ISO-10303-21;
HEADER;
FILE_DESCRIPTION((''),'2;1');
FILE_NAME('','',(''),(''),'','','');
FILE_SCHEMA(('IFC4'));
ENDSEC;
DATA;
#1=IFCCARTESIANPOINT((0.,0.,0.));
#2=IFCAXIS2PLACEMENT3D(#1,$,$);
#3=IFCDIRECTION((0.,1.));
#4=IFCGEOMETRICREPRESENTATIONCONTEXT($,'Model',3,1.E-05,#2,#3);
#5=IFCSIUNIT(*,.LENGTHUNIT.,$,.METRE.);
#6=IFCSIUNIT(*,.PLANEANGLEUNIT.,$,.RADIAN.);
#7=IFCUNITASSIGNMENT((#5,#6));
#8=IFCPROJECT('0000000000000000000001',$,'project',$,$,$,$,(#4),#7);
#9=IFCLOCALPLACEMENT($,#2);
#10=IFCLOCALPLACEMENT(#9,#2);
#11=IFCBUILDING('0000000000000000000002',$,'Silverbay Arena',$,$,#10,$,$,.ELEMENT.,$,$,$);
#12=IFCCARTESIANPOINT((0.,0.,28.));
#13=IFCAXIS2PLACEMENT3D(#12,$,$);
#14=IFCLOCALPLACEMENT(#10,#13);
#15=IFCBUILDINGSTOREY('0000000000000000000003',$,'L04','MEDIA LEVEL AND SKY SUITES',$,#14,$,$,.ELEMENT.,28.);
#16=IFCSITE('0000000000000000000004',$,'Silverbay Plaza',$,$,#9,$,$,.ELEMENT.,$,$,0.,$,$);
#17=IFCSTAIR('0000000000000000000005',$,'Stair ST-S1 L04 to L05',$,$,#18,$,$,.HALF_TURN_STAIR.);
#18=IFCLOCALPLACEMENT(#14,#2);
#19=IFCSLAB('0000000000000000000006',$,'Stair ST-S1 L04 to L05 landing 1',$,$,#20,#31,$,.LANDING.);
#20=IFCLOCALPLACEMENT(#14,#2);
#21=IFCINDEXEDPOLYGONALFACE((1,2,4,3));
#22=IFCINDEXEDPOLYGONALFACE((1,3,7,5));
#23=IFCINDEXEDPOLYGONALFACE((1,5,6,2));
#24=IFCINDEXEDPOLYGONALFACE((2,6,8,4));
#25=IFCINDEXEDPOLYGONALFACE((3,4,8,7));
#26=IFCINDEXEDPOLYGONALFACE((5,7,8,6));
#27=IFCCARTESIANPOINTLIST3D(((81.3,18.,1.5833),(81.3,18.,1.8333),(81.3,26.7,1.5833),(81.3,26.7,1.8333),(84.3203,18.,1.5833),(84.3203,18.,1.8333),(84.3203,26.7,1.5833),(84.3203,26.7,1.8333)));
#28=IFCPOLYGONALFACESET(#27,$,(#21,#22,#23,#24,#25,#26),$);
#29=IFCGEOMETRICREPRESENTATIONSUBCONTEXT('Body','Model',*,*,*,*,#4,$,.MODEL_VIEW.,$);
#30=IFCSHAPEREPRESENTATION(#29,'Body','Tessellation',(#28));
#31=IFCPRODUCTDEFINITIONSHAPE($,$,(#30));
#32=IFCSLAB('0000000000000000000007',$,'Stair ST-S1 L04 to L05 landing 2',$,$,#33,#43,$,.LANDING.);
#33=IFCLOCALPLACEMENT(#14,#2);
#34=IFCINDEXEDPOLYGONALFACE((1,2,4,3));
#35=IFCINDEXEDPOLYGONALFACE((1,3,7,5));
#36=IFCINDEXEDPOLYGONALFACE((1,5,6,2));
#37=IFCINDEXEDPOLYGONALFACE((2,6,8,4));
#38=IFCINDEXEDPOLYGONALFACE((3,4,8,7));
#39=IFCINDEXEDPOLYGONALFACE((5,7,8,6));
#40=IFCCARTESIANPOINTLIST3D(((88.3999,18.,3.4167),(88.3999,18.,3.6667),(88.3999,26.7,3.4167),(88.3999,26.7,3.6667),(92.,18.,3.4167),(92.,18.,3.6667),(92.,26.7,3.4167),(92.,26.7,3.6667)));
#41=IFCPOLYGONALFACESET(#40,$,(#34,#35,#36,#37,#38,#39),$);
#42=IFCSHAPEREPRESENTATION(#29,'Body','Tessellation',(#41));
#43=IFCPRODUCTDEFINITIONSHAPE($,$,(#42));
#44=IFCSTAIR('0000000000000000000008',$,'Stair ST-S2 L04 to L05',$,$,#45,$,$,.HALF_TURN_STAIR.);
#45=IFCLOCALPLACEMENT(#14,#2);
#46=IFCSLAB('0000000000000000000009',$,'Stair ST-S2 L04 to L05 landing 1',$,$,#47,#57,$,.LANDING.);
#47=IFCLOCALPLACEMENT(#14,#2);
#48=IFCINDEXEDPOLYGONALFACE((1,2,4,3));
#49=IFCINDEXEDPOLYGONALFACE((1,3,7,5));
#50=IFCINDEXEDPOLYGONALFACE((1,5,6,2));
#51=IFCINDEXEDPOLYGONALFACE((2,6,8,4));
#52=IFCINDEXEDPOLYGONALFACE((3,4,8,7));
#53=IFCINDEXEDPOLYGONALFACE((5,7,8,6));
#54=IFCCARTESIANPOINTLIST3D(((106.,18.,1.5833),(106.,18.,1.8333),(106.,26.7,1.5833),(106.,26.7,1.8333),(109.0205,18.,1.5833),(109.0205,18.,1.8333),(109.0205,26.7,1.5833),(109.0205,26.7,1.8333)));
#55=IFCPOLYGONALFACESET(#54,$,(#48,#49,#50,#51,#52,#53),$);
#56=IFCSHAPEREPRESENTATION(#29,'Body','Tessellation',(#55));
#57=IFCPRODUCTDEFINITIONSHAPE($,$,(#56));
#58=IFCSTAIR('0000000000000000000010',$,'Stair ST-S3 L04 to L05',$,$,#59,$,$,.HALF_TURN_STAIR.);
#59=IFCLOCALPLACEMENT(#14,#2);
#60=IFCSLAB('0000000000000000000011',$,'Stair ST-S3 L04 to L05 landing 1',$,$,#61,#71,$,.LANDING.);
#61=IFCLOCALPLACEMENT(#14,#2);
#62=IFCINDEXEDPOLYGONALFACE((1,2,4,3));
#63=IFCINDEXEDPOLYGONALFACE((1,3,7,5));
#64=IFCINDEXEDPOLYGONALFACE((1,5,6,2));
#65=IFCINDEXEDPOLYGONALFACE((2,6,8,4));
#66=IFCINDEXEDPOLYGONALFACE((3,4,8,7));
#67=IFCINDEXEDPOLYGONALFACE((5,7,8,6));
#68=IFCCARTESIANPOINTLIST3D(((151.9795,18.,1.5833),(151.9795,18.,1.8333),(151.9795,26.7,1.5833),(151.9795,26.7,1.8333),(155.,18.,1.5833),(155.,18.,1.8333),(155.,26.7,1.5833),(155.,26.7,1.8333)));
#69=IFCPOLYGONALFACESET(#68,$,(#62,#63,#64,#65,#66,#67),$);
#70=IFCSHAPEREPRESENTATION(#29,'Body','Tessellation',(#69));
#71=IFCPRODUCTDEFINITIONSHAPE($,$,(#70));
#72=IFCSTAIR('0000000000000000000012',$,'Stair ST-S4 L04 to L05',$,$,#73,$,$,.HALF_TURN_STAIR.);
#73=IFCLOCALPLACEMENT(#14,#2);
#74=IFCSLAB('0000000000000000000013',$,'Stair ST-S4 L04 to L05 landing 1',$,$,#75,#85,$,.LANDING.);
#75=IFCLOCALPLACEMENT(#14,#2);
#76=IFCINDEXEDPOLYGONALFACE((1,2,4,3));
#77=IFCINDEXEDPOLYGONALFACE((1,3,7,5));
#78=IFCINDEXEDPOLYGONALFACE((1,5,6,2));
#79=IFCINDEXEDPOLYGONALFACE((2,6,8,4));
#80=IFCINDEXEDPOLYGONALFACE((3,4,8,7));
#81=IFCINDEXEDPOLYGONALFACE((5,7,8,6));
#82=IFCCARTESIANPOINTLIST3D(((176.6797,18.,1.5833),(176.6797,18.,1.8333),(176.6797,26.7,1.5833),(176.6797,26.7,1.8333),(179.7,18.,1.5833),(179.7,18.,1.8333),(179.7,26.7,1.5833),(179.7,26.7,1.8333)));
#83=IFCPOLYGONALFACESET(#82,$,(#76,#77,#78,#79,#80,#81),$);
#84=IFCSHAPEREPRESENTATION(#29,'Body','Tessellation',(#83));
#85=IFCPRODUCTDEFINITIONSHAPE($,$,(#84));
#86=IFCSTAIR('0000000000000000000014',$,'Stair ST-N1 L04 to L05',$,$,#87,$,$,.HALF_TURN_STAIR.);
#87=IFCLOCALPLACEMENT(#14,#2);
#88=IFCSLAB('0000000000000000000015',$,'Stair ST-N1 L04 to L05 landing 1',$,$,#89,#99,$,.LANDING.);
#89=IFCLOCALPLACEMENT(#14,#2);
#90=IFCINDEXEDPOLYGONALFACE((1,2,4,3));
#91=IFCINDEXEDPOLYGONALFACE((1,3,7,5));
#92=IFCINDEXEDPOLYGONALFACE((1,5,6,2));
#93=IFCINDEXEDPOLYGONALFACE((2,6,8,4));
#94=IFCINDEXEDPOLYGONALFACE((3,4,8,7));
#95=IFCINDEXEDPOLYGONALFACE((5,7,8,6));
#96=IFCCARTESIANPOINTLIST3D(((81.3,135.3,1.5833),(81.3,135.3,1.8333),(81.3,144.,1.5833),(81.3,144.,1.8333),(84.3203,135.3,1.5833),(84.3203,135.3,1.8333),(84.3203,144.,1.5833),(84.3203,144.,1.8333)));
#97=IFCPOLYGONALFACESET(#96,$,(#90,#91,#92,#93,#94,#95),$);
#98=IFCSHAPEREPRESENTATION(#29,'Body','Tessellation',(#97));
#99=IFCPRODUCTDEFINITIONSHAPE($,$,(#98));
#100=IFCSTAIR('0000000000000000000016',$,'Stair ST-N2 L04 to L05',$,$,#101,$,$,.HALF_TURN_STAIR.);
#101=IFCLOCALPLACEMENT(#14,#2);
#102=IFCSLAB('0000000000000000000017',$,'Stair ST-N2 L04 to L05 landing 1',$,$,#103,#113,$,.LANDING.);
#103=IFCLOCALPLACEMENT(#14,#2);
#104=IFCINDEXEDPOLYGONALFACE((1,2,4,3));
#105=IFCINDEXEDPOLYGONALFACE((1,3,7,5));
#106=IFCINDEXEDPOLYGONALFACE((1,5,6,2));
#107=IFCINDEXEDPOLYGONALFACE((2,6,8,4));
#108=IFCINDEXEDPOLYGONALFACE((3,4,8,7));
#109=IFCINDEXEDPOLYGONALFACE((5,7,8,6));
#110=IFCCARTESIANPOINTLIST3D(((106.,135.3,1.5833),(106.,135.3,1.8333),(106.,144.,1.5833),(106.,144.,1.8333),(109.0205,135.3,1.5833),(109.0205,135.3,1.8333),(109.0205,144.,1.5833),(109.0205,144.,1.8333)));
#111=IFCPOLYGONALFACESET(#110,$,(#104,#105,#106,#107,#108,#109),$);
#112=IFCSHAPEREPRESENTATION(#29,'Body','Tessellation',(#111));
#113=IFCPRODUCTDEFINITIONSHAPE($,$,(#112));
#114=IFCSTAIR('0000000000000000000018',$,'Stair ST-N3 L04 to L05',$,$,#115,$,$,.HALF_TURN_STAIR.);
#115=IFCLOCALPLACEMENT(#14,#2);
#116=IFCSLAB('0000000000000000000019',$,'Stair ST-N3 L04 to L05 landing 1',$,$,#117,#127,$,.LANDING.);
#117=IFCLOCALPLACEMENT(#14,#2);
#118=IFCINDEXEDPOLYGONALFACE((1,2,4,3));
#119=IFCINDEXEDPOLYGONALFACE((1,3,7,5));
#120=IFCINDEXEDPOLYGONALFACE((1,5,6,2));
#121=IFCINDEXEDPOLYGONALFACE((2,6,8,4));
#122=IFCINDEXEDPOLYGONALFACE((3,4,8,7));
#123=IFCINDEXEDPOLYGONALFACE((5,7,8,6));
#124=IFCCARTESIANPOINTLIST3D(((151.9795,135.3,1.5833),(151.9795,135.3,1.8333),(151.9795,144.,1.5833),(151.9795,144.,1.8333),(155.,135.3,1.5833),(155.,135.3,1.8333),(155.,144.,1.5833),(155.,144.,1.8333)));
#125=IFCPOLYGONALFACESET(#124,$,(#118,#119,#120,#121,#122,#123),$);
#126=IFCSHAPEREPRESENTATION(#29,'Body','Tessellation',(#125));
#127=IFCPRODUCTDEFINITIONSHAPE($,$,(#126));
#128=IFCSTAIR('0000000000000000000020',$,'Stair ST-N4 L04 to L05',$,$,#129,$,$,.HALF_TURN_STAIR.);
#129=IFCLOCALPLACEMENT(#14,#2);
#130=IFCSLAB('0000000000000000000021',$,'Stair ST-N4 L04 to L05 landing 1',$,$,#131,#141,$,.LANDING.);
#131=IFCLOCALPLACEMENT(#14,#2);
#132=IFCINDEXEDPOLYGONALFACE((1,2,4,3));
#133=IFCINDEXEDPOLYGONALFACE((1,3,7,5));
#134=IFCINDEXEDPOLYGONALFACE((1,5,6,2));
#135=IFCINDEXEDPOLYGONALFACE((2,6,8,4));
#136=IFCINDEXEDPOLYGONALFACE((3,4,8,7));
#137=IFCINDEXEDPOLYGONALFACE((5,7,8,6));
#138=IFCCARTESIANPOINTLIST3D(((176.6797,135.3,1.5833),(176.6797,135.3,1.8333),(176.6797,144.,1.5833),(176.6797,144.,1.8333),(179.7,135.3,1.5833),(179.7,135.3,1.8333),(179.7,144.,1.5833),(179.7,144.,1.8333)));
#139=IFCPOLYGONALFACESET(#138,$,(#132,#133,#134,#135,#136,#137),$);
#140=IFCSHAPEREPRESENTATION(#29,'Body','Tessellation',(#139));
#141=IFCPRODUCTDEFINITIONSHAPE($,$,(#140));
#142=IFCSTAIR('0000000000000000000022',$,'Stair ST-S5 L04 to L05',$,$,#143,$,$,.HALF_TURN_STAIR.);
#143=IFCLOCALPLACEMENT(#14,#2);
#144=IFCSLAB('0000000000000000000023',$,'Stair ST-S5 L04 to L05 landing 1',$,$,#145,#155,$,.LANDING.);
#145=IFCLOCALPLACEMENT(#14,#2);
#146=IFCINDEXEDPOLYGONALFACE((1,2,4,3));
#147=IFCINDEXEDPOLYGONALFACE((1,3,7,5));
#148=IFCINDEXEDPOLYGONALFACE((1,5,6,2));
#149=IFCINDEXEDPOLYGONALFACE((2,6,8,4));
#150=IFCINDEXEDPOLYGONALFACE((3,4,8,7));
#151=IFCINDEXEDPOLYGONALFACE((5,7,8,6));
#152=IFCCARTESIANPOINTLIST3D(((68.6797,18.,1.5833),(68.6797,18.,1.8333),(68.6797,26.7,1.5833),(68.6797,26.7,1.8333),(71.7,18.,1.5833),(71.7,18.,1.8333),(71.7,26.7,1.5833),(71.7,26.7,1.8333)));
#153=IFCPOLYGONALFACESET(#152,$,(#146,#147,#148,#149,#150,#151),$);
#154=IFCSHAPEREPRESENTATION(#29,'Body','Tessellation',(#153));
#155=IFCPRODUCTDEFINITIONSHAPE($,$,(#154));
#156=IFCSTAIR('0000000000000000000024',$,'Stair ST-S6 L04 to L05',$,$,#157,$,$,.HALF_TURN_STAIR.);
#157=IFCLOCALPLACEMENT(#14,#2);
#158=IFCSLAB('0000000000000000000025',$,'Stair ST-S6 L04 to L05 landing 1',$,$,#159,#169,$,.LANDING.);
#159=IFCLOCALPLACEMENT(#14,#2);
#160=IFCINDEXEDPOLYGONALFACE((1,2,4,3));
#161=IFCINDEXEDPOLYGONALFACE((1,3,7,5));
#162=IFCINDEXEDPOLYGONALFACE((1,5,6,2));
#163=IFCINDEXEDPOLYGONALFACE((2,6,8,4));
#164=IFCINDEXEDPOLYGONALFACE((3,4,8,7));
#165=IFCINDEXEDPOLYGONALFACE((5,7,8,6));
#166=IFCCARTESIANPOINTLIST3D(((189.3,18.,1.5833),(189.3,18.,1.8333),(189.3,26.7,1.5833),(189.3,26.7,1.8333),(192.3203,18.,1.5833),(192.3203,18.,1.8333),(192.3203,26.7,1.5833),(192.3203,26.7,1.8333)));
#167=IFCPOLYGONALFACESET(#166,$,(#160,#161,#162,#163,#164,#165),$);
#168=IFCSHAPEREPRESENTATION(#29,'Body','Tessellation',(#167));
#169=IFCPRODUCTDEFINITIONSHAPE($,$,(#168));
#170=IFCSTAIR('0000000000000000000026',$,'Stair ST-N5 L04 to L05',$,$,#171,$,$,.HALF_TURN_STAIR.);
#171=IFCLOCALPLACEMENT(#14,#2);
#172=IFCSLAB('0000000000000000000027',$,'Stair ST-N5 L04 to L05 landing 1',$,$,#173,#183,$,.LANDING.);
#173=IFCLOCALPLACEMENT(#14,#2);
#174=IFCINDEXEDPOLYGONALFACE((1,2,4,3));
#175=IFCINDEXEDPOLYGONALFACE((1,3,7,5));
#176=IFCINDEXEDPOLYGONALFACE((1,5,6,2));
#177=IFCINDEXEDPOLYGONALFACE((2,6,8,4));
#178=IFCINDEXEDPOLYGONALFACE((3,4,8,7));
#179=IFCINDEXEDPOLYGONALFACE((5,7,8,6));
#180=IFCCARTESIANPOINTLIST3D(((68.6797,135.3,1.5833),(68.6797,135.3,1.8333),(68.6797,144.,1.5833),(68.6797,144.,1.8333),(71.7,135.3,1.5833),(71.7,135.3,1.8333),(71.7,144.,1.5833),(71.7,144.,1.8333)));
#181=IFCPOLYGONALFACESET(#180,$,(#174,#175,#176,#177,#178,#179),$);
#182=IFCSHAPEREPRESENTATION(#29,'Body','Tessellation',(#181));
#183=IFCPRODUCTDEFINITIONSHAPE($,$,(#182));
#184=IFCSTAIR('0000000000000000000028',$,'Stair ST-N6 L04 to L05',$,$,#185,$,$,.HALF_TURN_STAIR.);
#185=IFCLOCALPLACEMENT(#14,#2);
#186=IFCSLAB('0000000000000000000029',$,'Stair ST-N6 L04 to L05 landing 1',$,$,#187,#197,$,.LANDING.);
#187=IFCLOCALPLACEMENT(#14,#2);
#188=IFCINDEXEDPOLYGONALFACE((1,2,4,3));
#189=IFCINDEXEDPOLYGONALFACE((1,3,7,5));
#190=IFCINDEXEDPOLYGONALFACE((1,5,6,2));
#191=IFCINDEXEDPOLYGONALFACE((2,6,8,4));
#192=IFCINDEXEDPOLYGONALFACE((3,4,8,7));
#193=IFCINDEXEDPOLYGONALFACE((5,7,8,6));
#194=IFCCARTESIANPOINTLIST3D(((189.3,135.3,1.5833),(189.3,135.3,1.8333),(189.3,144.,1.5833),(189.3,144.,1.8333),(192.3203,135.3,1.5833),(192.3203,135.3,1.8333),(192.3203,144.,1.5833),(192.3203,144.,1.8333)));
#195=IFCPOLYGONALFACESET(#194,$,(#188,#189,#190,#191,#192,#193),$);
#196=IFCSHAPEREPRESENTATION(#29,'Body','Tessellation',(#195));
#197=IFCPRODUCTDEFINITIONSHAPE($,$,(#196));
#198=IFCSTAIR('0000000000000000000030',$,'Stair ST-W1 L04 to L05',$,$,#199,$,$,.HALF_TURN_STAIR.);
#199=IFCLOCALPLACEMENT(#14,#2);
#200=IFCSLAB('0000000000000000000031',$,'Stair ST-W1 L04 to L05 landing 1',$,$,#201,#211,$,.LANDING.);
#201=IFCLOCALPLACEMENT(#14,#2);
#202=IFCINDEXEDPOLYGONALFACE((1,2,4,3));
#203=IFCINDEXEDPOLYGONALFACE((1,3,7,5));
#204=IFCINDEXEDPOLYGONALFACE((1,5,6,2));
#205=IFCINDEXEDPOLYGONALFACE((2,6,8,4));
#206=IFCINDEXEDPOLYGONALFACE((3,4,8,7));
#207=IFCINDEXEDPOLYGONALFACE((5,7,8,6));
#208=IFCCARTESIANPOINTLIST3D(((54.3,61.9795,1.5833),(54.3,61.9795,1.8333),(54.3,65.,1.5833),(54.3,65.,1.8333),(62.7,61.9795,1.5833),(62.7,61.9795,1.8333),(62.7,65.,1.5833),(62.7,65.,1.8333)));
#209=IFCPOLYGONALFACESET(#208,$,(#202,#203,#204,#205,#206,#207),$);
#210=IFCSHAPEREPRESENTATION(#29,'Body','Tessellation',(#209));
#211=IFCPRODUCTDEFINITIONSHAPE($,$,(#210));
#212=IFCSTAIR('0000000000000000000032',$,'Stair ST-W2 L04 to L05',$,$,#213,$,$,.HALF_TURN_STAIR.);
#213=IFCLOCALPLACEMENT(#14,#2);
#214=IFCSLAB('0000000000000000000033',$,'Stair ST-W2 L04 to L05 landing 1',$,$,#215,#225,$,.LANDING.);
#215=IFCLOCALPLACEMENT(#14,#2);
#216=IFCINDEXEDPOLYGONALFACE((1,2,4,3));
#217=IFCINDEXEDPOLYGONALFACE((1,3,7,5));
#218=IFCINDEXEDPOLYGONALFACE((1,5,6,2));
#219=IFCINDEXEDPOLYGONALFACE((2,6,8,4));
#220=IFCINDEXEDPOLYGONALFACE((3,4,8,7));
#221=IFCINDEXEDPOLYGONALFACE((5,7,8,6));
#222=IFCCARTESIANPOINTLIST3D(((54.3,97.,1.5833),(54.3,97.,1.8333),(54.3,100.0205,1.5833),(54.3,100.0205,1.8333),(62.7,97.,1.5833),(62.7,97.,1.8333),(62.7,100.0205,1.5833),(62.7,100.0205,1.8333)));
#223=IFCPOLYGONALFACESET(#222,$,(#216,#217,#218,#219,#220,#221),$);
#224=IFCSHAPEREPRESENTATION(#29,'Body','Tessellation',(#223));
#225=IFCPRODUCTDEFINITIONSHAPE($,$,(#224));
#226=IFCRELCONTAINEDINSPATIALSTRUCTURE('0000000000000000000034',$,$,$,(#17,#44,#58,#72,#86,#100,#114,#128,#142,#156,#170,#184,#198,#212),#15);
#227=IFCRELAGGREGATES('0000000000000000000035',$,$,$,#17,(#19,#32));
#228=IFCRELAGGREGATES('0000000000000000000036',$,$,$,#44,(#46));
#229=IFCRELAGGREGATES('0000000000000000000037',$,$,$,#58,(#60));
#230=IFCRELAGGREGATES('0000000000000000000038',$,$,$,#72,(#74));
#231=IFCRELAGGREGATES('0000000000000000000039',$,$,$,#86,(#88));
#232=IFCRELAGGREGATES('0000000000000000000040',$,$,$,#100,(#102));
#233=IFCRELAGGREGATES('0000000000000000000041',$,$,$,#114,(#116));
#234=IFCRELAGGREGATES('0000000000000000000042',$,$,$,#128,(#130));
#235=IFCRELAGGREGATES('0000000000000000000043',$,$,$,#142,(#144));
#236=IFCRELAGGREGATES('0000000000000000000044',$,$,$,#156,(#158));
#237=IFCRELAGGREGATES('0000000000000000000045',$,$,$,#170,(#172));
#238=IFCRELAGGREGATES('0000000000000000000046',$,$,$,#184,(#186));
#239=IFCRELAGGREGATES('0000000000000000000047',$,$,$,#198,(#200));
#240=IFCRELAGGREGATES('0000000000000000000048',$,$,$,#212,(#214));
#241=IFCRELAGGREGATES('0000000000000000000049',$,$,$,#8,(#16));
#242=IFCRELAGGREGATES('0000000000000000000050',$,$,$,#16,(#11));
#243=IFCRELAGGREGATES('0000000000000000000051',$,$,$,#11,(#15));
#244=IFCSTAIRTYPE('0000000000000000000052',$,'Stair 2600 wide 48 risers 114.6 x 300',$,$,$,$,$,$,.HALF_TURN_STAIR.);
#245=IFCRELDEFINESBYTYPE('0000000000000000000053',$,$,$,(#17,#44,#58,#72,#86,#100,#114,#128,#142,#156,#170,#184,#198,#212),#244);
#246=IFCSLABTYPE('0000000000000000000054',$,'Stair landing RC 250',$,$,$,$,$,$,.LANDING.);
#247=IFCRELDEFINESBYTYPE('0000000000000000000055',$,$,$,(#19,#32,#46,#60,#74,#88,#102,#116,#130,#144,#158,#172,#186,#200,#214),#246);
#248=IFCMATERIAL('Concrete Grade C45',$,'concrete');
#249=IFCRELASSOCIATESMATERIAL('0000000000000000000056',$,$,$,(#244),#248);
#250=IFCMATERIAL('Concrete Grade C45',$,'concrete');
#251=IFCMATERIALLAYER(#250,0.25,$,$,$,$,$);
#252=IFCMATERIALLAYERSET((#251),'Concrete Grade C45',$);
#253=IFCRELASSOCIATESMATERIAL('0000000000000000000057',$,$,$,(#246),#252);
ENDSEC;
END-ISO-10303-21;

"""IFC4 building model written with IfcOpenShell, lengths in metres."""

from ifc_helpers import new_model, si_unit, direction, frame, origin, place, context, subcontext, project, spatial, polyline, outline, extrude, material, layer, layer_set, type_object, element, aggregate, save


model = new_model("IFC4")

# Units and contexts
model_context = context("Model", 3, precision=1e-05, world=origin(), true_north=direction((0.0, 1.0)))
body_context = subcontext(model_context, "Body", "Model", "MODEL_VIEW")
ifc_project = project(units=[si_unit("LENGTHUNIT", "METRE"), si_unit("PLANEANGLEUNIT", "RADIAN")], contexts=[model_context])

# Site, building, storey
site_placement = place(None, origin())
site = spatial("IfcSite", under=ifc_project, at=site_placement, Name="Silverbay Plaza", CompositionType="ELEMENT", RefElevation=0.0)
building_placement = place(site_placement, origin())
building = spatial("IfcBuilding", under=site, at=building_placement, Name="Silverbay Arena", CompositionType="ELEMENT")
storey_placement = place(building_placement, frame((0.0, 0.0, 28.0)))
storey = spatial("IfcBuildingStorey", under=building, at=storey_placement, Name="L04", Description="MEDIA LEVEL AND SKY SUITES", CompositionType="ELEMENT", Elevation=28.0)

# Stair, slabs
ifc_material_1 = material(Name="Concrete Grade C45", Category="concrete")
stair_type = type_object("IfcStairType", Name="Stair 2600 wide 48 risers 114.6 x 300", PredefinedType="HALF_TURN_STAIR", material=ifc_material_1)
stair_1_placement = place(storey_placement, origin())
stair_1 = element("IfcStair", 1, at=stair_1_placement, inside=storey, type_object=stair_type, Name="Stair ST-S1 L04 to L05", PredefinedType="HALF_TURN_STAIR")
ifc_material_2 = material(Name="Concrete Grade C45", Category="concrete")
ifc_layer_1 = layer(ifc_material_2, 0.25)
ifc_layer_set_1 = layer_set([ifc_layer_1], Name="Concrete Grade C45")
slab_type = type_object("IfcSlabType", Name="Stair landing RC 250", PredefinedType="LANDING", material=ifc_layer_set_1)
slab_1_placement = place(storey_placement, frame((0.0, 0.0, 1.5833)))
slab_1 = element("IfcSlab", 2, at=slab_1_placement, type_object=slab_type, Name="Stair ST-S1 L04 to L05 landing 1", PredefinedType="LANDING", context=body_context, shape_type="SweptSolid", body=[
    extrude(outline(polyline([(84.3203, 26.7), (81.3, 26.7), (81.3, 18.0), (84.3203, 18.0), (84.3203, 26.7)])), origin(), (0.0, 0.0, 1.0), 0.25),
])
slab_2_placement = place(storey_placement, frame((0.0, 0.0, 3.4167)))
slab_2 = element("IfcSlab", 3, at=slab_2_placement, type_object=slab_type, Name="Stair ST-S1 L04 to L05 landing 2", PredefinedType="LANDING", context=body_context, shape_type="SweptSolid", body=[
    extrude(outline(polyline([(92.0, 26.7), (88.3999, 26.7), (88.3999, 18.0), (92.0, 18.0), (92.0, 26.7)])), origin(), (0.0, 0.0, 1.0), 0.25),
])
aggregate(stair_1, [slab_1, slab_2])

# Stairs, slabs
stair_2_placement = place(storey_placement, origin())
stair_2 = element("IfcStair", 4, at=stair_2_placement, inside=storey, type_object=stair_type, Name="Stair ST-S2 L04 to L05", PredefinedType="HALF_TURN_STAIR")
slab_3_placement = place(storey_placement, frame((0.0, 0.0, 1.5833)))
slab_3 = element("IfcSlab", 5, at=slab_3_placement, type_object=slab_type, Name="Stair ST-S2 L04 to L05 landing 1", PredefinedType="LANDING", context=body_context, shape_type="SweptSolid", body=[
    extrude(outline(polyline([(109.0205, 26.7), (106.0, 26.7), (106.0, 18.0), (109.0205, 18.0), (109.0205, 26.7)])), origin(), (0.0, 0.0, 1.0), 0.25),
])
aggregate(stair_2, [slab_3])
stair_3_placement = place(storey_placement, origin())
stair_3 = element("IfcStair", 6, at=stair_3_placement, inside=storey, type_object=stair_type, Name="Stair ST-S3 L04 to L05", PredefinedType="HALF_TURN_STAIR")
slab_4_placement = place(storey_placement, frame((0.0, 0.0, 1.5833)))
slab_4 = element("IfcSlab", 7, at=slab_4_placement, type_object=slab_type, Name="Stair ST-S3 L04 to L05 landing 1", PredefinedType="LANDING", context=body_context, shape_type="SweptSolid", body=[
    extrude(outline(polyline([(151.9795, 26.7), (155.0, 26.7), (155.0, 18.0), (151.9795, 18.0), (151.9795, 26.7)])), origin(), (0.0, 0.0, 1.0), 0.25),
])
aggregate(stair_3, [slab_4])
stair_4_placement = place(storey_placement, origin())
stair_4 = element("IfcStair", 8, at=stair_4_placement, inside=storey, type_object=stair_type, Name="Stair ST-S4 L04 to L05", PredefinedType="HALF_TURN_STAIR")
slab_5_placement = place(storey_placement, frame((0.0, 0.0, 1.5833)))
slab_5 = element("IfcSlab", 9, at=slab_5_placement, type_object=slab_type, Name="Stair ST-S4 L04 to L05 landing 1", PredefinedType="LANDING", context=body_context, shape_type="SweptSolid", body=[
    extrude(outline(polyline([(176.6797, 26.7), (179.7, 26.7), (179.7, 18.0), (176.6797, 18.0), (176.6797, 26.7)])), origin(), (0.0, 0.0, 1.0), 0.25),
])
aggregate(stair_4, [slab_5])
stair_5_placement = place(storey_placement, origin())
stair_5 = element("IfcStair", 10, at=stair_5_placement, inside=storey, type_object=stair_type, Name="Stair ST-N1 L04 to L05", PredefinedType="HALF_TURN_STAIR")
slab_6_placement = place(storey_placement, frame((0.0, 0.0, 1.5833)))
slab_6 = element("IfcSlab", 11, at=slab_6_placement, type_object=slab_type, Name="Stair ST-N1 L04 to L05 landing 1", PredefinedType="LANDING", context=body_context, shape_type="SweptSolid", body=[
    extrude(outline(polyline([(84.3203, 135.3), (81.3, 135.3), (81.3, 144.0), (84.3203, 144.0), (84.3203, 135.3)])), origin(), (0.0, 0.0, 1.0), 0.25),
])
aggregate(stair_5, [slab_6])
stair_6_placement = place(storey_placement, origin())
stair_6 = element("IfcStair", 12, at=stair_6_placement, inside=storey, type_object=stair_type, Name="Stair ST-N2 L04 to L05", PredefinedType="HALF_TURN_STAIR")
slab_7_placement = place(storey_placement, frame((0.0, 0.0, 1.5833)))
slab_7 = element("IfcSlab", 13, at=slab_7_placement, type_object=slab_type, Name="Stair ST-N2 L04 to L05 landing 1", PredefinedType="LANDING", context=body_context, shape_type="SweptSolid", body=[
    extrude(outline(polyline([(109.0205, 135.3), (106.0, 135.3), (106.0, 144.0), (109.0205, 144.0), (109.0205, 135.3)])), origin(), (0.0, 0.0, 1.0), 0.25),
])
aggregate(stair_6, [slab_7])
stair_7_placement = place(storey_placement, origin())
stair_7 = element("IfcStair", 14, at=stair_7_placement, inside=storey, type_object=stair_type, Name="Stair ST-N3 L04 to L05", PredefinedType="HALF_TURN_STAIR")
slab_8_placement = place(storey_placement, frame((0.0, 0.0, 1.5833)))
slab_8 = element("IfcSlab", 15, at=slab_8_placement, type_object=slab_type, Name="Stair ST-N3 L04 to L05 landing 1", PredefinedType="LANDING", context=body_context, shape_type="SweptSolid", body=[
    extrude(outline(polyline([(151.9795, 135.3), (155.0, 135.3), (155.0, 144.0), (151.9795, 144.0), (151.9795, 135.3)])), origin(), (0.0, 0.0, 1.0), 0.25),
])
aggregate(stair_7, [slab_8])
stair_8_placement = place(storey_placement, origin())
stair_8 = element("IfcStair", 16, at=stair_8_placement, inside=storey, type_object=stair_type, Name="Stair ST-N4 L04 to L05", PredefinedType="HALF_TURN_STAIR")
slab_9_placement = place(storey_placement, frame((0.0, 0.0, 1.5833)))
slab_9 = element("IfcSlab", 17, at=slab_9_placement, type_object=slab_type, Name="Stair ST-N4 L04 to L05 landing 1", PredefinedType="LANDING", context=body_context, shape_type="SweptSolid", body=[
    extrude(outline(polyline([(176.6797, 135.3), (179.7, 135.3), (179.7, 144.0), (176.6797, 144.0), (176.6797, 135.3)])), origin(), (0.0, 0.0, 1.0), 0.25),
])
aggregate(stair_8, [slab_9])
stair_9_placement = place(storey_placement, origin())
stair_9 = element("IfcStair", 18, at=stair_9_placement, inside=storey, type_object=stair_type, Name="Stair ST-S5 L04 to L05", PredefinedType="HALF_TURN_STAIR")
slab_10_placement = place(storey_placement, frame((0.0, 0.0, 1.5833)))
slab_10 = element("IfcSlab", 19, at=slab_10_placement, type_object=slab_type, Name="Stair ST-S5 L04 to L05 landing 1", PredefinedType="LANDING", context=body_context, shape_type="SweptSolid", body=[
    extrude(outline(polyline([(68.6797, 26.7), (71.7, 26.7), (71.7, 18.0), (68.6797, 18.0), (68.6797, 26.7)])), origin(), (0.0, 0.0, 1.0), 0.25),
])
aggregate(stair_9, [slab_10])
stair_10_placement = place(storey_placement, origin())
stair_10 = element("IfcStair", 20, at=stair_10_placement, inside=storey, type_object=stair_type, Name="Stair ST-S6 L04 to L05", PredefinedType="HALF_TURN_STAIR")
slab_11_placement = place(storey_placement, frame((0.0, 0.0, 1.5833)))
slab_11 = element("IfcSlab", 21, at=slab_11_placement, type_object=slab_type, Name="Stair ST-S6 L04 to L05 landing 1", PredefinedType="LANDING", context=body_context, shape_type="SweptSolid", body=[
    extrude(outline(polyline([(192.3203, 26.7), (189.3, 26.7), (189.3, 18.0), (192.3203, 18.0), (192.3203, 26.7)])), origin(), (0.0, 0.0, 1.0), 0.25),
])
aggregate(stair_10, [slab_11])
stair_11_placement = place(storey_placement, origin())
stair_11 = element("IfcStair", 22, at=stair_11_placement, inside=storey, type_object=stair_type, Name="Stair ST-N5 L04 to L05", PredefinedType="HALF_TURN_STAIR")
slab_12_placement = place(storey_placement, frame((0.0, 0.0, 1.5833)))
slab_12 = element("IfcSlab", 23, at=slab_12_placement, type_object=slab_type, Name="Stair ST-N5 L04 to L05 landing 1", PredefinedType="LANDING", context=body_context, shape_type="SweptSolid", body=[
    extrude(outline(polyline([(68.6797, 135.3), (71.7, 135.3), (71.7, 144.0), (68.6797, 144.0), (68.6797, 135.3)])), origin(), (0.0, 0.0, 1.0), 0.25),
])
aggregate(stair_11, [slab_12])
stair_12_placement = place(storey_placement, origin())
stair_12 = element("IfcStair", 24, at=stair_12_placement, inside=storey, type_object=stair_type, Name="Stair ST-N6 L04 to L05", PredefinedType="HALF_TURN_STAIR")
slab_13_placement = place(storey_placement, frame((0.0, 0.0, 1.5833)))
slab_13 = element("IfcSlab", 25, at=slab_13_placement, type_object=slab_type, Name="Stair ST-N6 L04 to L05 landing 1", PredefinedType="LANDING", context=body_context, shape_type="SweptSolid", body=[
    extrude(outline(polyline([(192.3203, 135.3), (189.3, 135.3), (189.3, 144.0), (192.3203, 144.0), (192.3203, 135.3)])), origin(), (0.0, 0.0, 1.0), 0.25),
])
aggregate(stair_12, [slab_13])
stair_13_placement = place(storey_placement, origin())
stair_13 = element("IfcStair", 26, at=stair_13_placement, inside=storey, type_object=stair_type, Name="Stair ST-W1 L04 to L05", PredefinedType="HALF_TURN_STAIR")
slab_14_placement = place(storey_placement, frame((0.0, 0.0, 1.5833)))
slab_14 = element("IfcSlab", 27, at=slab_14_placement, type_object=slab_type, Name="Stair ST-W1 L04 to L05 landing 1", PredefinedType="LANDING", context=body_context, shape_type="SweptSolid", body=[
    extrude(outline(polyline([(62.7, 61.9795), (62.7, 65.0), (54.3, 65.0), (54.3, 61.9795), (62.7, 61.9795)])), origin(), (0.0, 0.0, 1.0), 0.25),
])
aggregate(stair_13, [slab_14])
stair_14_placement = place(storey_placement, origin())
stair_14 = element("IfcStair", 28, at=stair_14_placement, inside=storey, type_object=stair_type, Name="Stair ST-W2 L04 to L05", PredefinedType="HALF_TURN_STAIR")
slab_15_placement = place(storey_placement, frame((0.0, 0.0, 1.5833)))
slab_15 = element("IfcSlab", 29, at=slab_15_placement, type_object=slab_type, Name="Stair ST-W2 L04 to L05 landing 1", PredefinedType="LANDING", context=body_context, shape_type="SweptSolid", body=[
    extrude(outline(polyline([(62.7, 100.0205), (62.7, 97.0), (54.3, 97.0), (54.3, 100.0205), (62.7, 100.0205)])), origin(), (0.0, 0.0, 1.0), 0.25),
])
aggregate(stair_14, [slab_15])

save(model, "model.ifc")
